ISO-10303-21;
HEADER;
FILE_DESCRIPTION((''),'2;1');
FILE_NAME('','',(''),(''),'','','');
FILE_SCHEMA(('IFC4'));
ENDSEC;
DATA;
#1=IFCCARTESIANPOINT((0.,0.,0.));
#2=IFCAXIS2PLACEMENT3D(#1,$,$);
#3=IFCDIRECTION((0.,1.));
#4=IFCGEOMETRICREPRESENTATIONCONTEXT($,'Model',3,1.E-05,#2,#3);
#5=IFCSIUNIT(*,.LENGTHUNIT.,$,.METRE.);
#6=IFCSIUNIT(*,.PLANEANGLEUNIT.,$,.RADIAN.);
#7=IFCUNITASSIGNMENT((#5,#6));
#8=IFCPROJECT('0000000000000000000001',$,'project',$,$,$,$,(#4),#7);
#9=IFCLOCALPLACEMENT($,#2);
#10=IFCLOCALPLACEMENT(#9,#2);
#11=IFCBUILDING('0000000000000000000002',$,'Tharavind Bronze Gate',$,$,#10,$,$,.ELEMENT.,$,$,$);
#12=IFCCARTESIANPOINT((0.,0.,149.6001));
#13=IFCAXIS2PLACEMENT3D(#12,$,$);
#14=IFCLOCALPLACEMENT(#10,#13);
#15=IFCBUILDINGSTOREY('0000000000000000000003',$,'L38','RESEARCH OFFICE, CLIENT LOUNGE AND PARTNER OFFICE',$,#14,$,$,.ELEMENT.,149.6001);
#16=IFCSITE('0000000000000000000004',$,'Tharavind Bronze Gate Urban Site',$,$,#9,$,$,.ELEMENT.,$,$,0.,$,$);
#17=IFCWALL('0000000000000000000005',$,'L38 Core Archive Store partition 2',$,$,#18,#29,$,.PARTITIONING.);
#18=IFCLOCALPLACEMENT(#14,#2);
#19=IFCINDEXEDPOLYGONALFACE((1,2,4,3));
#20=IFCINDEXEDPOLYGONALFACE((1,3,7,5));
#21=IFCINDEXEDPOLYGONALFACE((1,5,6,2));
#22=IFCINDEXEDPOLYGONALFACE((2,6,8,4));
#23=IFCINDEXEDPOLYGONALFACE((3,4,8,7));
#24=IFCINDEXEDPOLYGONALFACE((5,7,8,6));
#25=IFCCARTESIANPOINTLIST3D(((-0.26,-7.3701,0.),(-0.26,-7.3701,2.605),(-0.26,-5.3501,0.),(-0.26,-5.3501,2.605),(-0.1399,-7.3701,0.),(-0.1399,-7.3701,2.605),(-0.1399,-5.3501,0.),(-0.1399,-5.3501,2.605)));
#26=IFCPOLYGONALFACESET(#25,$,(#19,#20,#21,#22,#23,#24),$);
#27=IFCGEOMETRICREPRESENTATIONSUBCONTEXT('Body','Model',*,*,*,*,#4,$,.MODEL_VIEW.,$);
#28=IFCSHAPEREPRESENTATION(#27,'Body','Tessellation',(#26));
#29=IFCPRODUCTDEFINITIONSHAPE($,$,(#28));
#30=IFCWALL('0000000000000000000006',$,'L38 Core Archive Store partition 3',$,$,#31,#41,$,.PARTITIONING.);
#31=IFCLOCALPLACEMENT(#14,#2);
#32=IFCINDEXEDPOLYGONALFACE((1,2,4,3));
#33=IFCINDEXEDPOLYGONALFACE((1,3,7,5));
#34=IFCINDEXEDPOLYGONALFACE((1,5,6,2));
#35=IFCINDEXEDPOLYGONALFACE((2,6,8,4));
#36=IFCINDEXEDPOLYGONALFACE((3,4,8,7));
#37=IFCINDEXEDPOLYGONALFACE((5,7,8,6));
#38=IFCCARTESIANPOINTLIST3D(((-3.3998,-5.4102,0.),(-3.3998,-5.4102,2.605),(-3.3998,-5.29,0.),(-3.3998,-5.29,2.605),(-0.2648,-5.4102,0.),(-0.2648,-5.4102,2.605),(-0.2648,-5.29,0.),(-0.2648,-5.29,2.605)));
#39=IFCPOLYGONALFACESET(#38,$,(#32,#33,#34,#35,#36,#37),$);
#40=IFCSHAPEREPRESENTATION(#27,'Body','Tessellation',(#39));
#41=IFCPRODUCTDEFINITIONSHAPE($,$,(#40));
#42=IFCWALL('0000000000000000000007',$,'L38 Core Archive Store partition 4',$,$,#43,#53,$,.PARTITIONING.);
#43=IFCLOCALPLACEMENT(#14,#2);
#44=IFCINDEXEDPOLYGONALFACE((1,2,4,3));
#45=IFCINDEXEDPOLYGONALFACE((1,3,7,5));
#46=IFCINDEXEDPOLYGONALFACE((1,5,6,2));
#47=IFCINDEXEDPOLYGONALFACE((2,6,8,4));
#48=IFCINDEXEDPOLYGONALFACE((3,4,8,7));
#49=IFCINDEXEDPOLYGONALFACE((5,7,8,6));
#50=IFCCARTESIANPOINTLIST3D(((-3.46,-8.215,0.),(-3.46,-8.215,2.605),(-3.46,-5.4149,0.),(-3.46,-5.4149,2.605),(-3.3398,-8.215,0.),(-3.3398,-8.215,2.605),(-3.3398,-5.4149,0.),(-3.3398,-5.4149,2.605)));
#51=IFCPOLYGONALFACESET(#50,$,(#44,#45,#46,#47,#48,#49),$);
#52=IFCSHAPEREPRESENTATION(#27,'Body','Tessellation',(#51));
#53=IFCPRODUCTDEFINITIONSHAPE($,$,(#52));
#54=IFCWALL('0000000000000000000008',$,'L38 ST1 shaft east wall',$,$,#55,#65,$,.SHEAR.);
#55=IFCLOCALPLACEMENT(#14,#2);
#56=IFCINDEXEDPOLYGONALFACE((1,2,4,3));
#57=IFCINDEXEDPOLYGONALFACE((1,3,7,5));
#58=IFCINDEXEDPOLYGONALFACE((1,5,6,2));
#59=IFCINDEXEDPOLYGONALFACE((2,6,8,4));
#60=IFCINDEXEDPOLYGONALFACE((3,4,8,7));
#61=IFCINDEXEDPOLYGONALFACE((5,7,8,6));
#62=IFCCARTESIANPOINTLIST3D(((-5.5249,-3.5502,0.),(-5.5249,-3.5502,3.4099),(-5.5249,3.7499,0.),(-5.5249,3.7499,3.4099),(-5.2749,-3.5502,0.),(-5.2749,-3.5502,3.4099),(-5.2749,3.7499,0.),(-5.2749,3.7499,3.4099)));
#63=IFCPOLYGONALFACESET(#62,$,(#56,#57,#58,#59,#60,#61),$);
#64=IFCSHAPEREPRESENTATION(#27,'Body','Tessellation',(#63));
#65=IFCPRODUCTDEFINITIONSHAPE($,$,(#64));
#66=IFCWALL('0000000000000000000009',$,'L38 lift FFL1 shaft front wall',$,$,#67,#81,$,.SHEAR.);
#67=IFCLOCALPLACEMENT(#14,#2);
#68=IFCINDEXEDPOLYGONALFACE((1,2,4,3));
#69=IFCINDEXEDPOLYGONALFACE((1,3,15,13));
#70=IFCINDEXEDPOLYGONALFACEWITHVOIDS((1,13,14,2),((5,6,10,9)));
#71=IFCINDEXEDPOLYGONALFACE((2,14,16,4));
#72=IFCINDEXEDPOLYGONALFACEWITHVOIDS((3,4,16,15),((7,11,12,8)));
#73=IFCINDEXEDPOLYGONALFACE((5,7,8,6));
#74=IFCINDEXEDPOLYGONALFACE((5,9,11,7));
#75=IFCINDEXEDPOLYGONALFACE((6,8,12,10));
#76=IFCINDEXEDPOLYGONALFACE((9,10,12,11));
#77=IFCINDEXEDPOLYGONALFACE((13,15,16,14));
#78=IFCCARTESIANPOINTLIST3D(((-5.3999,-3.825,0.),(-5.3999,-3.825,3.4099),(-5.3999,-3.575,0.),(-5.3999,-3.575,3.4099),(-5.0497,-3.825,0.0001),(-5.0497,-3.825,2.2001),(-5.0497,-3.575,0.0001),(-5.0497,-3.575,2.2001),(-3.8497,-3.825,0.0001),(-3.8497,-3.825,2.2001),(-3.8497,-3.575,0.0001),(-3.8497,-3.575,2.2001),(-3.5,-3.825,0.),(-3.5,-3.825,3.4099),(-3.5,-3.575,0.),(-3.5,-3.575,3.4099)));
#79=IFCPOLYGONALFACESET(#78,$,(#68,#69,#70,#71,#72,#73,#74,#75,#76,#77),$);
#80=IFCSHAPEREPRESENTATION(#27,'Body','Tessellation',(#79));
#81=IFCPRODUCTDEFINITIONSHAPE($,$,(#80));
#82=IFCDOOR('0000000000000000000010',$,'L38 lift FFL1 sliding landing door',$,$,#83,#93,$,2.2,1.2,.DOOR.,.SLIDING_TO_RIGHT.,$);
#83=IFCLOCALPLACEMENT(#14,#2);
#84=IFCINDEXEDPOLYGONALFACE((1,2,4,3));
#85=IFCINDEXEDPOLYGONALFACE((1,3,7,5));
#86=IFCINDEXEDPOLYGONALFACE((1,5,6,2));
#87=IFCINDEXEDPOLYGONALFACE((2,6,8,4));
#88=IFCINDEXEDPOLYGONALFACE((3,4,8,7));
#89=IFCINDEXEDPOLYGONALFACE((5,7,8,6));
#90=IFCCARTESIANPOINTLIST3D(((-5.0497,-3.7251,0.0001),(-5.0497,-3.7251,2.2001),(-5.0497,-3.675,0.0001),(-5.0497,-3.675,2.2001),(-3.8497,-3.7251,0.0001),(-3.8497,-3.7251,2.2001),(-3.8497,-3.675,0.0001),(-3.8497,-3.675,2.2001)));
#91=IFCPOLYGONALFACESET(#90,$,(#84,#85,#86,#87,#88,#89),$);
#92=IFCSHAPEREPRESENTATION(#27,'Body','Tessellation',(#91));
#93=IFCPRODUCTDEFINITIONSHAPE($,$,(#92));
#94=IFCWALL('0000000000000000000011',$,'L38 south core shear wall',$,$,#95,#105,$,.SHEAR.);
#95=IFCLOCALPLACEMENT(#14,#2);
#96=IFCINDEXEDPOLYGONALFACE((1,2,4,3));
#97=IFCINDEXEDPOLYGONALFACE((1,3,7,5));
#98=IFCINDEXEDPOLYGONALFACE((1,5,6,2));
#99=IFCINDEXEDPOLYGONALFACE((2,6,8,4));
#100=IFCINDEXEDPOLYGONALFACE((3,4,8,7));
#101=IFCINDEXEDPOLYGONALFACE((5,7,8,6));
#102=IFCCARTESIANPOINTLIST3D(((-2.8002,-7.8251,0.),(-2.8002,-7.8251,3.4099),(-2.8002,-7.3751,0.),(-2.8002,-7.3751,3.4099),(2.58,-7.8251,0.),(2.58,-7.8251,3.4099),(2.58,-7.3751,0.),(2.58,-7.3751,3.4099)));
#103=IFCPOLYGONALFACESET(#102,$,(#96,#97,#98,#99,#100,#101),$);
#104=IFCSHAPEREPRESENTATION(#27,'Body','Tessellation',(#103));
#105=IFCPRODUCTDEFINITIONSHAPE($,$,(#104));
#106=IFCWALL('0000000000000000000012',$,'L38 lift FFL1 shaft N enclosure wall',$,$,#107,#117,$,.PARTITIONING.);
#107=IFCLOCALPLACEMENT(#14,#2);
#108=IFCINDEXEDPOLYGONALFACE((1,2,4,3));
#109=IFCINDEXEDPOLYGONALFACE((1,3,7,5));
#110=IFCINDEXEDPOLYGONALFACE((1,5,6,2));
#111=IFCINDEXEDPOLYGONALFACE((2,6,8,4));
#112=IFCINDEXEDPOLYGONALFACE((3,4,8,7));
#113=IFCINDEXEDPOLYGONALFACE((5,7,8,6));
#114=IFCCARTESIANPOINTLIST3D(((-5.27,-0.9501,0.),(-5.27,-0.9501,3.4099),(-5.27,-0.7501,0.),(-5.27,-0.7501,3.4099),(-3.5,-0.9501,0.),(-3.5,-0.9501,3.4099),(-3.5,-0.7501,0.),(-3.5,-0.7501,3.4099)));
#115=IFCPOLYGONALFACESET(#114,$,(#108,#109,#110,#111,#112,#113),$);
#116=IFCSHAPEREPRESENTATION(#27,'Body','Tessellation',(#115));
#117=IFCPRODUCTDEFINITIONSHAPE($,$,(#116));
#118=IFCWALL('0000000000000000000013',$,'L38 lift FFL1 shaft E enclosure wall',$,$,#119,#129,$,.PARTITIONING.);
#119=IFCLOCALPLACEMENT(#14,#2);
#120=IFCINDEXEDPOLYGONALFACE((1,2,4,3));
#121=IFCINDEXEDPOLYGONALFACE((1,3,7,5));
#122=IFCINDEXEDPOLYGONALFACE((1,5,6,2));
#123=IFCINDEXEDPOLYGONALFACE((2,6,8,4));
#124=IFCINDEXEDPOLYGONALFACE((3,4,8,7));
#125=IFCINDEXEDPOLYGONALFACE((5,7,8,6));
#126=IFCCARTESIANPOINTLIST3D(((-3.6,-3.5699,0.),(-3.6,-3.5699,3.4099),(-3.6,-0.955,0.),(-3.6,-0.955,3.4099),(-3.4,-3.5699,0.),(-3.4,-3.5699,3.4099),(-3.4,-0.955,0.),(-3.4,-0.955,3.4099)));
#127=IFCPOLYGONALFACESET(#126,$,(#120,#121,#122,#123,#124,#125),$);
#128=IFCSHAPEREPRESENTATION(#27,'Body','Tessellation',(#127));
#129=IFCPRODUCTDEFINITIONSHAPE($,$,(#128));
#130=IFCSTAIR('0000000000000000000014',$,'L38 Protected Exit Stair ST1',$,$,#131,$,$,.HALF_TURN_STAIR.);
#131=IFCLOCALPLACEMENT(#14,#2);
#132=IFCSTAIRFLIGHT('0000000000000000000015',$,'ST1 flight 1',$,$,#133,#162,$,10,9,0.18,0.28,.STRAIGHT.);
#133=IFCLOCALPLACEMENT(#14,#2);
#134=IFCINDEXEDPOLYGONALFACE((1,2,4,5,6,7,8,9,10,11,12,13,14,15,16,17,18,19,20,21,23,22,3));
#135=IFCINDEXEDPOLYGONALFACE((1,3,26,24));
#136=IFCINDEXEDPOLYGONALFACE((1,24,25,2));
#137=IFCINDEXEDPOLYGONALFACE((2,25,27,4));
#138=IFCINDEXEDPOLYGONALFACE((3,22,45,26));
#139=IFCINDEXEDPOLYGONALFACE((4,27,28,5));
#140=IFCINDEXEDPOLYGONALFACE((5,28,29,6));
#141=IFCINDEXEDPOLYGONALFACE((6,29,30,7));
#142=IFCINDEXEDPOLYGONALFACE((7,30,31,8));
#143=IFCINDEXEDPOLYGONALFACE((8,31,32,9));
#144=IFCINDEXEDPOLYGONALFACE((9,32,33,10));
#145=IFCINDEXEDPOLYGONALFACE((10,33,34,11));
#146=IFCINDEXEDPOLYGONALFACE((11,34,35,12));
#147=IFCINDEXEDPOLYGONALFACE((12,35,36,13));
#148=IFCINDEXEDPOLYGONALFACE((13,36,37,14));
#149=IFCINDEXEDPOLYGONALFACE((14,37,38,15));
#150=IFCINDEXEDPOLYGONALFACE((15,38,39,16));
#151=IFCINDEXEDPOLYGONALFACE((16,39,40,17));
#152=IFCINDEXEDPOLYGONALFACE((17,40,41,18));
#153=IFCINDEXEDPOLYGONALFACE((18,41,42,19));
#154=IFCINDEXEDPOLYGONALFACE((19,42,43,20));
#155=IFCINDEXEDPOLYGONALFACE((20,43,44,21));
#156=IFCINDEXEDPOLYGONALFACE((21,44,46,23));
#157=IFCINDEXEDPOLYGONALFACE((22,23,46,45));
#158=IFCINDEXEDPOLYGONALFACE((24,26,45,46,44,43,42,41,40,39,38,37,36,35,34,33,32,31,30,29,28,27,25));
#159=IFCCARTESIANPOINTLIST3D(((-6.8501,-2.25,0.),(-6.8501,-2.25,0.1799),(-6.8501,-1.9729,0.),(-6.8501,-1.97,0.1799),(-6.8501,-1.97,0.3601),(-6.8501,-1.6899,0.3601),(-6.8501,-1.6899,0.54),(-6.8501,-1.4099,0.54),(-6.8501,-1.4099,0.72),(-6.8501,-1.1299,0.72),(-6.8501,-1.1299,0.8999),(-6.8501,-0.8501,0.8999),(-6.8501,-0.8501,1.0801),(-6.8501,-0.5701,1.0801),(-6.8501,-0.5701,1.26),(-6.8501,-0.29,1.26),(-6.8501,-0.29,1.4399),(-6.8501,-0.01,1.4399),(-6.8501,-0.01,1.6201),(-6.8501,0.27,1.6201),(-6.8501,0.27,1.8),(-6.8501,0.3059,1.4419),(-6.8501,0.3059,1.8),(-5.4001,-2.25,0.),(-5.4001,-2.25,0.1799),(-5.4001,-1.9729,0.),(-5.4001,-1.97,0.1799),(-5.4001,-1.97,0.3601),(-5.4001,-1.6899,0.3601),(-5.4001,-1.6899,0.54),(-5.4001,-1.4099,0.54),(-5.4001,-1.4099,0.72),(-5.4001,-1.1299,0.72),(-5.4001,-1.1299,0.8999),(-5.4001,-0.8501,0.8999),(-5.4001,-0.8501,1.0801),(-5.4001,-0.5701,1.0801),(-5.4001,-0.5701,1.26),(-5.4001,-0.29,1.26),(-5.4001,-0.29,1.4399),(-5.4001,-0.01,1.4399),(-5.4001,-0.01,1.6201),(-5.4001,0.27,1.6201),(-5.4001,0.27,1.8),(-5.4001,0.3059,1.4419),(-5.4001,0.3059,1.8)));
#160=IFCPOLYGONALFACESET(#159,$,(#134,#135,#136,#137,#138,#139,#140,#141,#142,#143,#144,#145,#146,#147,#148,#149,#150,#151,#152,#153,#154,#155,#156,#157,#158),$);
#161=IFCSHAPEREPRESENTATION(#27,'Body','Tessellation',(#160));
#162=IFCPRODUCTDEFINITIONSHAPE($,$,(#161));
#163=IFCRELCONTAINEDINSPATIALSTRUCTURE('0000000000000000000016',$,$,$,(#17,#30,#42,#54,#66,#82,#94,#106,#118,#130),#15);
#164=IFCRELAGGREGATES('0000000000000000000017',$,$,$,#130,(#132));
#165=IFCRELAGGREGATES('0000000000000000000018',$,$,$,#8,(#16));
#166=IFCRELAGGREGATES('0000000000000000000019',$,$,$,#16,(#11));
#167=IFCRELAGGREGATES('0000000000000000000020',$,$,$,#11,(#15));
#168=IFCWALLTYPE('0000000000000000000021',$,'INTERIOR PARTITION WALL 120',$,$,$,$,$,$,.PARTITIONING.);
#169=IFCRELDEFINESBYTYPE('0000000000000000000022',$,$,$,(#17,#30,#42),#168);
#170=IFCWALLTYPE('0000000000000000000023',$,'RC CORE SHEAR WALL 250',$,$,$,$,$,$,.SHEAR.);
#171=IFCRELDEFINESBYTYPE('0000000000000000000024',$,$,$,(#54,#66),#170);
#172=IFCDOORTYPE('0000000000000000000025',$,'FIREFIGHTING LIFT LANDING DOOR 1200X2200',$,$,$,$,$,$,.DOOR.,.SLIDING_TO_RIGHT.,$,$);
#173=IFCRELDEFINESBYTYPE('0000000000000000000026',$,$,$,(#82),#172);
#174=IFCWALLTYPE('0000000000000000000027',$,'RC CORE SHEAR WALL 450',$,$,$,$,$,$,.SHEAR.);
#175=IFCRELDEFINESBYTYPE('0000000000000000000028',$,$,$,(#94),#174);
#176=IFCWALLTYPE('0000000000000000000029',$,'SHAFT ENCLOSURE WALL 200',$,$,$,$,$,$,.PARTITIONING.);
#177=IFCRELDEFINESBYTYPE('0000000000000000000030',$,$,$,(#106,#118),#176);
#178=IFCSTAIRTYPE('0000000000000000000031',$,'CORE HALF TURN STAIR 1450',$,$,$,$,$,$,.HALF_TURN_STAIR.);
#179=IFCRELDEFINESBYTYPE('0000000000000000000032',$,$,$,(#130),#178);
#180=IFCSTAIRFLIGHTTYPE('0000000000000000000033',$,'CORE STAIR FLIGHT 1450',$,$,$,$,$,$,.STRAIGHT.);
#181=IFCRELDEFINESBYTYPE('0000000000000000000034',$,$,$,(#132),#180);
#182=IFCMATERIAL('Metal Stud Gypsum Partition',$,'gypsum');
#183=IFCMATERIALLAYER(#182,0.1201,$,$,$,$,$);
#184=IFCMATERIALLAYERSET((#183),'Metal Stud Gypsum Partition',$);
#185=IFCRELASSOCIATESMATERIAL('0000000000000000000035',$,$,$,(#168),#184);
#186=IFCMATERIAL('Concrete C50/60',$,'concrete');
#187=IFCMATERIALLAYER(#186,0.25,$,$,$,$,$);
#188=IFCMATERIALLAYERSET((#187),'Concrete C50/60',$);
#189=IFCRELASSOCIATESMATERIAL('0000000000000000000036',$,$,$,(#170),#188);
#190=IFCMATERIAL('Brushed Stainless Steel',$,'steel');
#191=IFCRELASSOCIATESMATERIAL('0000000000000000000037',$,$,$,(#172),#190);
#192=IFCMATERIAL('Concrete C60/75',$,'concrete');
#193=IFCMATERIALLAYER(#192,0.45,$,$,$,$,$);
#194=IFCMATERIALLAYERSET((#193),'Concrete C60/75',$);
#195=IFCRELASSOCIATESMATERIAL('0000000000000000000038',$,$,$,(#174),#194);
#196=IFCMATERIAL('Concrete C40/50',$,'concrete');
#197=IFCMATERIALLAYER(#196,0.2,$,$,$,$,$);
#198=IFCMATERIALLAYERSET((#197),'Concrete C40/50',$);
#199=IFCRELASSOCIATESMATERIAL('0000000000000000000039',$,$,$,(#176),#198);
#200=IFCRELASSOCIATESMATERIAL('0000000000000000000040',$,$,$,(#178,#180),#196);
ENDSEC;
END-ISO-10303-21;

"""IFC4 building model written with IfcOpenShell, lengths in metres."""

from ifc_helpers import new_model, si_unit, direction, frame, frame_2d, origin, place, context, subcontext, project, spatial, polyline, rectangle, outline, extrude, material, layer, layer_set, type_object, element, fill, aggregate, save


model = new_model("IFC4")

# Units and contexts
model_context = context("Model", 3, precision=1e-05, world=origin(), true_north=direction((0.0, 1.0)))
body_context = subcontext(model_context, "Body", "Model", "MODEL_VIEW")
ifc_project = project(units=[si_unit("LENGTHUNIT", "METRE"), si_unit("PLANEANGLEUNIT", "RADIAN")], contexts=[model_context])

# Site, building, storey
site_placement = place(None, origin())
site = spatial("IfcSite", under=ifc_project, at=site_placement, Name="Tharavind Bronze Gate Urban Site", CompositionType="ELEMENT", RefElevation=0.0)
building_placement = place(site_placement, origin())
building = spatial("IfcBuilding", under=site, at=building_placement, Name="Tharavind Bronze Gate", CompositionType="ELEMENT")
storey_placement = place(building_placement, frame((0.0, 0.0, 149.6001)))
storey = spatial("IfcBuildingStorey", under=building, at=storey_placement, Name="L38", Description="RESEARCH OFFICE, CLIENT LOUNGE AND PARTNER OFFICE", CompositionType="ELEMENT", Elevation=149.6001)

# Shared definitions
ifc_material_1 = material(Name="Concrete C60/75", Category="concrete")

# Shared definitions
ifc_material_2 = material(Name="Metal Stud Gypsum Partition", Category="gypsum")
ifc_layer_1 = layer(ifc_material_2, 0.1201)
ifc_layer_set_1 = layer_set([ifc_layer_1], Name="Metal Stud Gypsum Partition")
wall_type_1 = type_object("IfcWallType", Name="INTERIOR PARTITION WALL 120", PredefinedType="PARTITIONING", material=ifc_layer_set_1)

# Walls
wall_1_placement = place(storey_placement, frame((-0.2, -7.3701, 0.0), z_axis=(0.0, 0.0, 1.0), x_axis=(0.0, 1.0, 0.0)))
element("IfcWall", 1, at=wall_1_placement, inside=storey, type_object=wall_type_1, Name="L38 Core Archive Store partition 2", PredefinedType="PARTITIONING", context=body_context, shape_type="SweptSolid", body=[
    extrude(rectangle(XDim=2.02, YDim=0.1201, at=frame_2d((1.01, 0.0))), origin(), (0.0, 0.0, 1.0), 2.605),
])
wall_2_placement = place(storey_placement, frame((-0.2649, -5.3501, 0.0), z_axis=(0.0, 0.0, 1.0), x_axis=(-1.0, 0.0, 0.0)))
element("IfcWall", 2, at=wall_2_placement, inside=storey, type_object=wall_type_1, Name="L38 Core Archive Store partition 3", PredefinedType="PARTITIONING", context=body_context, shape_type="SweptSolid", body=[
    extrude(rectangle(XDim=3.135, YDim=0.1201, at=frame_2d((1.5674, 0.0))), origin(), (0.0, 0.0, 1.0), 2.605),
])
wall_3_placement = place(storey_placement, frame((-3.3999, -5.415, 0.0), z_axis=(0.0, 0.0, 1.0), x_axis=(0.0, -1.0, 0.0)))
element("IfcWall", 3, at=wall_3_placement, inside=storey, type_object=wall_type_1, Name="L38 Core Archive Store partition 4", PredefinedType="PARTITIONING", context=body_context, shape_type="SweptSolid", body=[
    extrude(rectangle(XDim=2.8, YDim=0.1201, at=frame_2d((1.3999, 0.0))), origin(), (0.0, 0.0, 1.0), 2.605),
])
ifc_material_3 = material(Name="Concrete C50/60", Category="concrete")
ifc_layer_2 = layer(ifc_material_3, 0.25)
ifc_layer_set_2 = layer_set([ifc_layer_2], Name="Concrete C50/60")
wall_type_2 = type_object("IfcWallType", Name="RC CORE SHEAR WALL 250", PredefinedType="SHEAR", material=ifc_layer_set_2)
wall_4_placement = place(storey_placement, frame((-5.3999, -3.55, 0.0), z_axis=(0.0, 0.0, 1.0), x_axis=(0.0, 1.0, 0.0)))
element("IfcWall", 4, at=wall_4_placement, inside=storey, type_object=wall_type_2, Name="L38 ST1 shaft east wall", PredefinedType="SHEAR", context=body_context, shape_type="SweptSolid", body=[
    extrude(rectangle(XDim=7.3, YDim=0.25, at=frame_2d((3.6499, 0.0))), origin(), (0.0, 0.0, 1.0), 3.4099),
])

# Wall, opening, door
wall_5_placement = place(storey_placement, frame((-5.3999, -3.7, 0.0), z_axis=(0.0, 0.0, 1.0), x_axis=(1.0, 0.0, 0.0)))
wall_5 = element("IfcWall", 5, at=wall_5_placement, inside=storey, type_object=wall_type_2, Name="L38 lift FFL1 shaft front wall", PredefinedType="SHEAR", context=body_context, shape_type="SweptSolid", body=[
    extrude(rectangle(XDim=1.8999, YDim=0.25, at=frame_2d((0.95, 0.0))), origin(), (0.0, 0.0, 1.0), 3.4099),
])
opening_1_placement = place(wall_5_placement, frame((0.3501, 0.0, 0.0)))
opening_1 = element("IfcOpeningElement", 6, at=opening_1_placement, cuts=wall_5, PredefinedType="OPENING", context=body_context, shape_type="SweptSolid", body=[
    extrude(rectangle(XDim=1.2, YDim=2.2, at=frame_2d((0.6001, 1.1001))), frame((0.0, 0.135, 0.0), z_axis=(0.0, -1.0, 0.0), x_axis=(1.0, 0.0, 0.0)), (0.0, 0.0, 1.0), 0.27),
])
ifc_material_4 = material(Name="Brushed Stainless Steel", Category="steel")
door_type_1 = type_object("IfcDoorType", Name="FIREFIGHTING LIFT LANDING DOOR 1200X2200", OperationType="SLIDING_TO_RIGHT", PredefinedType="DOOR", material=ifc_material_4)
door_1_placement = place(opening_1_placement, origin())
door_1 = element("IfcDoor", 7, at=door_1_placement, inside=storey, type_object=door_type_1, Name="L38 lift FFL1 sliding landing door", OperationType="SLIDING_TO_RIGHT", OverallHeight=2.2, OverallWidth=1.2, PredefinedType="DOOR", context=body_context, shape_type="SweptSolid", body=[
    extrude(rectangle(XDim=1.2, YDim=2.2, at=frame_2d((0.6001, 1.1001))), frame((0.0, 0.0249, 0.0), z_axis=(0.0, -1.0, 0.0), x_axis=(1.0, 0.0, 0.0)), (0.0, 0.0, 1.0), 0.05),
])
fill(opening_1, door_1)

# Walls
ifc_layer_3 = layer(ifc_material_1, 0.45)
ifc_layer_set_3 = layer_set([ifc_layer_3], Name="Concrete C60/75")
wall_type_3 = type_object("IfcWallType", Name="RC CORE SHEAR WALL 450", PredefinedType="SHEAR", material=ifc_layer_set_3)
wall_6_placement = place(storey_placement, frame((-2.8, -7.6001, 0.0), z_axis=(0.0, 0.0, 1.0), x_axis=(1.0, 0.0, 0.0)))
element("IfcWall", 8, at=wall_6_placement, inside=storey, type_object=wall_type_3, Name="L38 south core shear wall", PredefinedType="SHEAR", context=body_context, shape_type="SweptSolid", body=[
    extrude(rectangle(XDim=5.3801, YDim=0.45, at=frame_2d((2.6899, 0.0))), origin(), (0.0, 0.0, 1.0), 3.4099),
])
ifc_material_5 = material(Name="Concrete C40/50", Category="concrete")
ifc_layer_4 = layer(ifc_material_5, 0.2)
ifc_layer_set_4 = layer_set([ifc_layer_4], Name="Concrete C40/50")
wall_type_4 = type_object("IfcWallType", Name="SHAFT ENCLOSURE WALL 200", PredefinedType="PARTITIONING", material=ifc_layer_set_4)
wall_7_placement = place(storey_placement, frame((-5.27, -0.8501, 0.0), z_axis=(0.0, 0.0, 1.0), x_axis=(1.0, 0.0, 0.0)))
element("IfcWall", 9, at=wall_7_placement, inside=storey, type_object=wall_type_4, Name="L38 lift FFL1 shaft N enclosure wall", PredefinedType="PARTITIONING", context=body_context, shape_type="SweptSolid", body=[
    extrude(rectangle(XDim=1.77, YDim=0.2, at=frame_2d((0.885, 0.0))), origin(), (0.0, 0.0, 1.0), 3.4099),
])
wall_8_placement = place(storey_placement, frame((-3.5, -3.5701, 0.0), z_axis=(0.0, 0.0, 1.0), x_axis=(0.0, 1.0, 0.0)))
element("IfcWall", 10, at=wall_8_placement, inside=storey, type_object=wall_type_4, Name="L38 lift FFL1 shaft E enclosure wall", PredefinedType="PARTITIONING", context=body_context, shape_type="SweptSolid", body=[
    extrude(rectangle(XDim=2.615, YDim=0.2, at=frame_2d((1.3076, 0.0))), origin(), (0.0, 0.0, 1.0), 3.4099),
])

# Stair, stair flight
stair_type = type_object("IfcStairType", Name="CORE HALF TURN STAIR 1450", PredefinedType="HALF_TURN_STAIR", material=ifc_material_5)
stair_placement = place(storey_placement, origin())
stair = element("IfcStair", 11, at=stair_placement, inside=storey, type_object=stair_type, Name="L38 Protected Exit Stair ST1", PredefinedType="HALF_TURN_STAIR")
stair_flight_type = type_object("IfcStairFlightType", Name="CORE STAIR FLIGHT 1450", PredefinedType="STRAIGHT", material=ifc_material_5)
stair_flight_placement = place(storey_placement, frame((-6.125, -2.25, 0.0), z_axis=(0.0, 0.0, 1.0), x_axis=(0.0, 1.0, 0.0)))
stair_flight = element("IfcStairFlight", 12, at=stair_flight_placement, type_object=stair_flight_type, Name="ST1 flight 1", NumberOfRisers=10, NumberOfTreads=9, PredefinedType="STRAIGHT", RiserHeight=0.18, TreadLength=0.28, context=body_context, shape_type="SweptSolid", body=[
    extrude(outline(polyline([(0.0, 0.0), (0.0, 0.1799), (0.28, 0.1799), (0.28, 0.3601), (0.5601, 0.3601), (0.5601, 0.54), (0.8401, 0.54), (0.8401, 0.72), (1.1201, 0.72), (1.1201, 0.8999), (1.3999, 0.8999), (1.3999, 1.0801), (1.6799, 1.0801), (1.6799, 1.26), (1.96, 1.26), (1.96, 1.4399), (2.24, 1.4399), (2.24, 1.6201), (2.52, 1.6201), (2.52, 1.8), (2.5559, 1.8), (2.5559, 1.4419), (0.2771, 0.0), (0.0, 0.0)])), frame((0.0, 0.7251, 0.0), z_axis=(0.0, -1.0, 0.0), x_axis=(1.0, 0.0, 0.0)), (0.0, 0.0, 1.0), 1.45),
])
aggregate(stair, [stair_flight])

save(model, "model.ifc")
